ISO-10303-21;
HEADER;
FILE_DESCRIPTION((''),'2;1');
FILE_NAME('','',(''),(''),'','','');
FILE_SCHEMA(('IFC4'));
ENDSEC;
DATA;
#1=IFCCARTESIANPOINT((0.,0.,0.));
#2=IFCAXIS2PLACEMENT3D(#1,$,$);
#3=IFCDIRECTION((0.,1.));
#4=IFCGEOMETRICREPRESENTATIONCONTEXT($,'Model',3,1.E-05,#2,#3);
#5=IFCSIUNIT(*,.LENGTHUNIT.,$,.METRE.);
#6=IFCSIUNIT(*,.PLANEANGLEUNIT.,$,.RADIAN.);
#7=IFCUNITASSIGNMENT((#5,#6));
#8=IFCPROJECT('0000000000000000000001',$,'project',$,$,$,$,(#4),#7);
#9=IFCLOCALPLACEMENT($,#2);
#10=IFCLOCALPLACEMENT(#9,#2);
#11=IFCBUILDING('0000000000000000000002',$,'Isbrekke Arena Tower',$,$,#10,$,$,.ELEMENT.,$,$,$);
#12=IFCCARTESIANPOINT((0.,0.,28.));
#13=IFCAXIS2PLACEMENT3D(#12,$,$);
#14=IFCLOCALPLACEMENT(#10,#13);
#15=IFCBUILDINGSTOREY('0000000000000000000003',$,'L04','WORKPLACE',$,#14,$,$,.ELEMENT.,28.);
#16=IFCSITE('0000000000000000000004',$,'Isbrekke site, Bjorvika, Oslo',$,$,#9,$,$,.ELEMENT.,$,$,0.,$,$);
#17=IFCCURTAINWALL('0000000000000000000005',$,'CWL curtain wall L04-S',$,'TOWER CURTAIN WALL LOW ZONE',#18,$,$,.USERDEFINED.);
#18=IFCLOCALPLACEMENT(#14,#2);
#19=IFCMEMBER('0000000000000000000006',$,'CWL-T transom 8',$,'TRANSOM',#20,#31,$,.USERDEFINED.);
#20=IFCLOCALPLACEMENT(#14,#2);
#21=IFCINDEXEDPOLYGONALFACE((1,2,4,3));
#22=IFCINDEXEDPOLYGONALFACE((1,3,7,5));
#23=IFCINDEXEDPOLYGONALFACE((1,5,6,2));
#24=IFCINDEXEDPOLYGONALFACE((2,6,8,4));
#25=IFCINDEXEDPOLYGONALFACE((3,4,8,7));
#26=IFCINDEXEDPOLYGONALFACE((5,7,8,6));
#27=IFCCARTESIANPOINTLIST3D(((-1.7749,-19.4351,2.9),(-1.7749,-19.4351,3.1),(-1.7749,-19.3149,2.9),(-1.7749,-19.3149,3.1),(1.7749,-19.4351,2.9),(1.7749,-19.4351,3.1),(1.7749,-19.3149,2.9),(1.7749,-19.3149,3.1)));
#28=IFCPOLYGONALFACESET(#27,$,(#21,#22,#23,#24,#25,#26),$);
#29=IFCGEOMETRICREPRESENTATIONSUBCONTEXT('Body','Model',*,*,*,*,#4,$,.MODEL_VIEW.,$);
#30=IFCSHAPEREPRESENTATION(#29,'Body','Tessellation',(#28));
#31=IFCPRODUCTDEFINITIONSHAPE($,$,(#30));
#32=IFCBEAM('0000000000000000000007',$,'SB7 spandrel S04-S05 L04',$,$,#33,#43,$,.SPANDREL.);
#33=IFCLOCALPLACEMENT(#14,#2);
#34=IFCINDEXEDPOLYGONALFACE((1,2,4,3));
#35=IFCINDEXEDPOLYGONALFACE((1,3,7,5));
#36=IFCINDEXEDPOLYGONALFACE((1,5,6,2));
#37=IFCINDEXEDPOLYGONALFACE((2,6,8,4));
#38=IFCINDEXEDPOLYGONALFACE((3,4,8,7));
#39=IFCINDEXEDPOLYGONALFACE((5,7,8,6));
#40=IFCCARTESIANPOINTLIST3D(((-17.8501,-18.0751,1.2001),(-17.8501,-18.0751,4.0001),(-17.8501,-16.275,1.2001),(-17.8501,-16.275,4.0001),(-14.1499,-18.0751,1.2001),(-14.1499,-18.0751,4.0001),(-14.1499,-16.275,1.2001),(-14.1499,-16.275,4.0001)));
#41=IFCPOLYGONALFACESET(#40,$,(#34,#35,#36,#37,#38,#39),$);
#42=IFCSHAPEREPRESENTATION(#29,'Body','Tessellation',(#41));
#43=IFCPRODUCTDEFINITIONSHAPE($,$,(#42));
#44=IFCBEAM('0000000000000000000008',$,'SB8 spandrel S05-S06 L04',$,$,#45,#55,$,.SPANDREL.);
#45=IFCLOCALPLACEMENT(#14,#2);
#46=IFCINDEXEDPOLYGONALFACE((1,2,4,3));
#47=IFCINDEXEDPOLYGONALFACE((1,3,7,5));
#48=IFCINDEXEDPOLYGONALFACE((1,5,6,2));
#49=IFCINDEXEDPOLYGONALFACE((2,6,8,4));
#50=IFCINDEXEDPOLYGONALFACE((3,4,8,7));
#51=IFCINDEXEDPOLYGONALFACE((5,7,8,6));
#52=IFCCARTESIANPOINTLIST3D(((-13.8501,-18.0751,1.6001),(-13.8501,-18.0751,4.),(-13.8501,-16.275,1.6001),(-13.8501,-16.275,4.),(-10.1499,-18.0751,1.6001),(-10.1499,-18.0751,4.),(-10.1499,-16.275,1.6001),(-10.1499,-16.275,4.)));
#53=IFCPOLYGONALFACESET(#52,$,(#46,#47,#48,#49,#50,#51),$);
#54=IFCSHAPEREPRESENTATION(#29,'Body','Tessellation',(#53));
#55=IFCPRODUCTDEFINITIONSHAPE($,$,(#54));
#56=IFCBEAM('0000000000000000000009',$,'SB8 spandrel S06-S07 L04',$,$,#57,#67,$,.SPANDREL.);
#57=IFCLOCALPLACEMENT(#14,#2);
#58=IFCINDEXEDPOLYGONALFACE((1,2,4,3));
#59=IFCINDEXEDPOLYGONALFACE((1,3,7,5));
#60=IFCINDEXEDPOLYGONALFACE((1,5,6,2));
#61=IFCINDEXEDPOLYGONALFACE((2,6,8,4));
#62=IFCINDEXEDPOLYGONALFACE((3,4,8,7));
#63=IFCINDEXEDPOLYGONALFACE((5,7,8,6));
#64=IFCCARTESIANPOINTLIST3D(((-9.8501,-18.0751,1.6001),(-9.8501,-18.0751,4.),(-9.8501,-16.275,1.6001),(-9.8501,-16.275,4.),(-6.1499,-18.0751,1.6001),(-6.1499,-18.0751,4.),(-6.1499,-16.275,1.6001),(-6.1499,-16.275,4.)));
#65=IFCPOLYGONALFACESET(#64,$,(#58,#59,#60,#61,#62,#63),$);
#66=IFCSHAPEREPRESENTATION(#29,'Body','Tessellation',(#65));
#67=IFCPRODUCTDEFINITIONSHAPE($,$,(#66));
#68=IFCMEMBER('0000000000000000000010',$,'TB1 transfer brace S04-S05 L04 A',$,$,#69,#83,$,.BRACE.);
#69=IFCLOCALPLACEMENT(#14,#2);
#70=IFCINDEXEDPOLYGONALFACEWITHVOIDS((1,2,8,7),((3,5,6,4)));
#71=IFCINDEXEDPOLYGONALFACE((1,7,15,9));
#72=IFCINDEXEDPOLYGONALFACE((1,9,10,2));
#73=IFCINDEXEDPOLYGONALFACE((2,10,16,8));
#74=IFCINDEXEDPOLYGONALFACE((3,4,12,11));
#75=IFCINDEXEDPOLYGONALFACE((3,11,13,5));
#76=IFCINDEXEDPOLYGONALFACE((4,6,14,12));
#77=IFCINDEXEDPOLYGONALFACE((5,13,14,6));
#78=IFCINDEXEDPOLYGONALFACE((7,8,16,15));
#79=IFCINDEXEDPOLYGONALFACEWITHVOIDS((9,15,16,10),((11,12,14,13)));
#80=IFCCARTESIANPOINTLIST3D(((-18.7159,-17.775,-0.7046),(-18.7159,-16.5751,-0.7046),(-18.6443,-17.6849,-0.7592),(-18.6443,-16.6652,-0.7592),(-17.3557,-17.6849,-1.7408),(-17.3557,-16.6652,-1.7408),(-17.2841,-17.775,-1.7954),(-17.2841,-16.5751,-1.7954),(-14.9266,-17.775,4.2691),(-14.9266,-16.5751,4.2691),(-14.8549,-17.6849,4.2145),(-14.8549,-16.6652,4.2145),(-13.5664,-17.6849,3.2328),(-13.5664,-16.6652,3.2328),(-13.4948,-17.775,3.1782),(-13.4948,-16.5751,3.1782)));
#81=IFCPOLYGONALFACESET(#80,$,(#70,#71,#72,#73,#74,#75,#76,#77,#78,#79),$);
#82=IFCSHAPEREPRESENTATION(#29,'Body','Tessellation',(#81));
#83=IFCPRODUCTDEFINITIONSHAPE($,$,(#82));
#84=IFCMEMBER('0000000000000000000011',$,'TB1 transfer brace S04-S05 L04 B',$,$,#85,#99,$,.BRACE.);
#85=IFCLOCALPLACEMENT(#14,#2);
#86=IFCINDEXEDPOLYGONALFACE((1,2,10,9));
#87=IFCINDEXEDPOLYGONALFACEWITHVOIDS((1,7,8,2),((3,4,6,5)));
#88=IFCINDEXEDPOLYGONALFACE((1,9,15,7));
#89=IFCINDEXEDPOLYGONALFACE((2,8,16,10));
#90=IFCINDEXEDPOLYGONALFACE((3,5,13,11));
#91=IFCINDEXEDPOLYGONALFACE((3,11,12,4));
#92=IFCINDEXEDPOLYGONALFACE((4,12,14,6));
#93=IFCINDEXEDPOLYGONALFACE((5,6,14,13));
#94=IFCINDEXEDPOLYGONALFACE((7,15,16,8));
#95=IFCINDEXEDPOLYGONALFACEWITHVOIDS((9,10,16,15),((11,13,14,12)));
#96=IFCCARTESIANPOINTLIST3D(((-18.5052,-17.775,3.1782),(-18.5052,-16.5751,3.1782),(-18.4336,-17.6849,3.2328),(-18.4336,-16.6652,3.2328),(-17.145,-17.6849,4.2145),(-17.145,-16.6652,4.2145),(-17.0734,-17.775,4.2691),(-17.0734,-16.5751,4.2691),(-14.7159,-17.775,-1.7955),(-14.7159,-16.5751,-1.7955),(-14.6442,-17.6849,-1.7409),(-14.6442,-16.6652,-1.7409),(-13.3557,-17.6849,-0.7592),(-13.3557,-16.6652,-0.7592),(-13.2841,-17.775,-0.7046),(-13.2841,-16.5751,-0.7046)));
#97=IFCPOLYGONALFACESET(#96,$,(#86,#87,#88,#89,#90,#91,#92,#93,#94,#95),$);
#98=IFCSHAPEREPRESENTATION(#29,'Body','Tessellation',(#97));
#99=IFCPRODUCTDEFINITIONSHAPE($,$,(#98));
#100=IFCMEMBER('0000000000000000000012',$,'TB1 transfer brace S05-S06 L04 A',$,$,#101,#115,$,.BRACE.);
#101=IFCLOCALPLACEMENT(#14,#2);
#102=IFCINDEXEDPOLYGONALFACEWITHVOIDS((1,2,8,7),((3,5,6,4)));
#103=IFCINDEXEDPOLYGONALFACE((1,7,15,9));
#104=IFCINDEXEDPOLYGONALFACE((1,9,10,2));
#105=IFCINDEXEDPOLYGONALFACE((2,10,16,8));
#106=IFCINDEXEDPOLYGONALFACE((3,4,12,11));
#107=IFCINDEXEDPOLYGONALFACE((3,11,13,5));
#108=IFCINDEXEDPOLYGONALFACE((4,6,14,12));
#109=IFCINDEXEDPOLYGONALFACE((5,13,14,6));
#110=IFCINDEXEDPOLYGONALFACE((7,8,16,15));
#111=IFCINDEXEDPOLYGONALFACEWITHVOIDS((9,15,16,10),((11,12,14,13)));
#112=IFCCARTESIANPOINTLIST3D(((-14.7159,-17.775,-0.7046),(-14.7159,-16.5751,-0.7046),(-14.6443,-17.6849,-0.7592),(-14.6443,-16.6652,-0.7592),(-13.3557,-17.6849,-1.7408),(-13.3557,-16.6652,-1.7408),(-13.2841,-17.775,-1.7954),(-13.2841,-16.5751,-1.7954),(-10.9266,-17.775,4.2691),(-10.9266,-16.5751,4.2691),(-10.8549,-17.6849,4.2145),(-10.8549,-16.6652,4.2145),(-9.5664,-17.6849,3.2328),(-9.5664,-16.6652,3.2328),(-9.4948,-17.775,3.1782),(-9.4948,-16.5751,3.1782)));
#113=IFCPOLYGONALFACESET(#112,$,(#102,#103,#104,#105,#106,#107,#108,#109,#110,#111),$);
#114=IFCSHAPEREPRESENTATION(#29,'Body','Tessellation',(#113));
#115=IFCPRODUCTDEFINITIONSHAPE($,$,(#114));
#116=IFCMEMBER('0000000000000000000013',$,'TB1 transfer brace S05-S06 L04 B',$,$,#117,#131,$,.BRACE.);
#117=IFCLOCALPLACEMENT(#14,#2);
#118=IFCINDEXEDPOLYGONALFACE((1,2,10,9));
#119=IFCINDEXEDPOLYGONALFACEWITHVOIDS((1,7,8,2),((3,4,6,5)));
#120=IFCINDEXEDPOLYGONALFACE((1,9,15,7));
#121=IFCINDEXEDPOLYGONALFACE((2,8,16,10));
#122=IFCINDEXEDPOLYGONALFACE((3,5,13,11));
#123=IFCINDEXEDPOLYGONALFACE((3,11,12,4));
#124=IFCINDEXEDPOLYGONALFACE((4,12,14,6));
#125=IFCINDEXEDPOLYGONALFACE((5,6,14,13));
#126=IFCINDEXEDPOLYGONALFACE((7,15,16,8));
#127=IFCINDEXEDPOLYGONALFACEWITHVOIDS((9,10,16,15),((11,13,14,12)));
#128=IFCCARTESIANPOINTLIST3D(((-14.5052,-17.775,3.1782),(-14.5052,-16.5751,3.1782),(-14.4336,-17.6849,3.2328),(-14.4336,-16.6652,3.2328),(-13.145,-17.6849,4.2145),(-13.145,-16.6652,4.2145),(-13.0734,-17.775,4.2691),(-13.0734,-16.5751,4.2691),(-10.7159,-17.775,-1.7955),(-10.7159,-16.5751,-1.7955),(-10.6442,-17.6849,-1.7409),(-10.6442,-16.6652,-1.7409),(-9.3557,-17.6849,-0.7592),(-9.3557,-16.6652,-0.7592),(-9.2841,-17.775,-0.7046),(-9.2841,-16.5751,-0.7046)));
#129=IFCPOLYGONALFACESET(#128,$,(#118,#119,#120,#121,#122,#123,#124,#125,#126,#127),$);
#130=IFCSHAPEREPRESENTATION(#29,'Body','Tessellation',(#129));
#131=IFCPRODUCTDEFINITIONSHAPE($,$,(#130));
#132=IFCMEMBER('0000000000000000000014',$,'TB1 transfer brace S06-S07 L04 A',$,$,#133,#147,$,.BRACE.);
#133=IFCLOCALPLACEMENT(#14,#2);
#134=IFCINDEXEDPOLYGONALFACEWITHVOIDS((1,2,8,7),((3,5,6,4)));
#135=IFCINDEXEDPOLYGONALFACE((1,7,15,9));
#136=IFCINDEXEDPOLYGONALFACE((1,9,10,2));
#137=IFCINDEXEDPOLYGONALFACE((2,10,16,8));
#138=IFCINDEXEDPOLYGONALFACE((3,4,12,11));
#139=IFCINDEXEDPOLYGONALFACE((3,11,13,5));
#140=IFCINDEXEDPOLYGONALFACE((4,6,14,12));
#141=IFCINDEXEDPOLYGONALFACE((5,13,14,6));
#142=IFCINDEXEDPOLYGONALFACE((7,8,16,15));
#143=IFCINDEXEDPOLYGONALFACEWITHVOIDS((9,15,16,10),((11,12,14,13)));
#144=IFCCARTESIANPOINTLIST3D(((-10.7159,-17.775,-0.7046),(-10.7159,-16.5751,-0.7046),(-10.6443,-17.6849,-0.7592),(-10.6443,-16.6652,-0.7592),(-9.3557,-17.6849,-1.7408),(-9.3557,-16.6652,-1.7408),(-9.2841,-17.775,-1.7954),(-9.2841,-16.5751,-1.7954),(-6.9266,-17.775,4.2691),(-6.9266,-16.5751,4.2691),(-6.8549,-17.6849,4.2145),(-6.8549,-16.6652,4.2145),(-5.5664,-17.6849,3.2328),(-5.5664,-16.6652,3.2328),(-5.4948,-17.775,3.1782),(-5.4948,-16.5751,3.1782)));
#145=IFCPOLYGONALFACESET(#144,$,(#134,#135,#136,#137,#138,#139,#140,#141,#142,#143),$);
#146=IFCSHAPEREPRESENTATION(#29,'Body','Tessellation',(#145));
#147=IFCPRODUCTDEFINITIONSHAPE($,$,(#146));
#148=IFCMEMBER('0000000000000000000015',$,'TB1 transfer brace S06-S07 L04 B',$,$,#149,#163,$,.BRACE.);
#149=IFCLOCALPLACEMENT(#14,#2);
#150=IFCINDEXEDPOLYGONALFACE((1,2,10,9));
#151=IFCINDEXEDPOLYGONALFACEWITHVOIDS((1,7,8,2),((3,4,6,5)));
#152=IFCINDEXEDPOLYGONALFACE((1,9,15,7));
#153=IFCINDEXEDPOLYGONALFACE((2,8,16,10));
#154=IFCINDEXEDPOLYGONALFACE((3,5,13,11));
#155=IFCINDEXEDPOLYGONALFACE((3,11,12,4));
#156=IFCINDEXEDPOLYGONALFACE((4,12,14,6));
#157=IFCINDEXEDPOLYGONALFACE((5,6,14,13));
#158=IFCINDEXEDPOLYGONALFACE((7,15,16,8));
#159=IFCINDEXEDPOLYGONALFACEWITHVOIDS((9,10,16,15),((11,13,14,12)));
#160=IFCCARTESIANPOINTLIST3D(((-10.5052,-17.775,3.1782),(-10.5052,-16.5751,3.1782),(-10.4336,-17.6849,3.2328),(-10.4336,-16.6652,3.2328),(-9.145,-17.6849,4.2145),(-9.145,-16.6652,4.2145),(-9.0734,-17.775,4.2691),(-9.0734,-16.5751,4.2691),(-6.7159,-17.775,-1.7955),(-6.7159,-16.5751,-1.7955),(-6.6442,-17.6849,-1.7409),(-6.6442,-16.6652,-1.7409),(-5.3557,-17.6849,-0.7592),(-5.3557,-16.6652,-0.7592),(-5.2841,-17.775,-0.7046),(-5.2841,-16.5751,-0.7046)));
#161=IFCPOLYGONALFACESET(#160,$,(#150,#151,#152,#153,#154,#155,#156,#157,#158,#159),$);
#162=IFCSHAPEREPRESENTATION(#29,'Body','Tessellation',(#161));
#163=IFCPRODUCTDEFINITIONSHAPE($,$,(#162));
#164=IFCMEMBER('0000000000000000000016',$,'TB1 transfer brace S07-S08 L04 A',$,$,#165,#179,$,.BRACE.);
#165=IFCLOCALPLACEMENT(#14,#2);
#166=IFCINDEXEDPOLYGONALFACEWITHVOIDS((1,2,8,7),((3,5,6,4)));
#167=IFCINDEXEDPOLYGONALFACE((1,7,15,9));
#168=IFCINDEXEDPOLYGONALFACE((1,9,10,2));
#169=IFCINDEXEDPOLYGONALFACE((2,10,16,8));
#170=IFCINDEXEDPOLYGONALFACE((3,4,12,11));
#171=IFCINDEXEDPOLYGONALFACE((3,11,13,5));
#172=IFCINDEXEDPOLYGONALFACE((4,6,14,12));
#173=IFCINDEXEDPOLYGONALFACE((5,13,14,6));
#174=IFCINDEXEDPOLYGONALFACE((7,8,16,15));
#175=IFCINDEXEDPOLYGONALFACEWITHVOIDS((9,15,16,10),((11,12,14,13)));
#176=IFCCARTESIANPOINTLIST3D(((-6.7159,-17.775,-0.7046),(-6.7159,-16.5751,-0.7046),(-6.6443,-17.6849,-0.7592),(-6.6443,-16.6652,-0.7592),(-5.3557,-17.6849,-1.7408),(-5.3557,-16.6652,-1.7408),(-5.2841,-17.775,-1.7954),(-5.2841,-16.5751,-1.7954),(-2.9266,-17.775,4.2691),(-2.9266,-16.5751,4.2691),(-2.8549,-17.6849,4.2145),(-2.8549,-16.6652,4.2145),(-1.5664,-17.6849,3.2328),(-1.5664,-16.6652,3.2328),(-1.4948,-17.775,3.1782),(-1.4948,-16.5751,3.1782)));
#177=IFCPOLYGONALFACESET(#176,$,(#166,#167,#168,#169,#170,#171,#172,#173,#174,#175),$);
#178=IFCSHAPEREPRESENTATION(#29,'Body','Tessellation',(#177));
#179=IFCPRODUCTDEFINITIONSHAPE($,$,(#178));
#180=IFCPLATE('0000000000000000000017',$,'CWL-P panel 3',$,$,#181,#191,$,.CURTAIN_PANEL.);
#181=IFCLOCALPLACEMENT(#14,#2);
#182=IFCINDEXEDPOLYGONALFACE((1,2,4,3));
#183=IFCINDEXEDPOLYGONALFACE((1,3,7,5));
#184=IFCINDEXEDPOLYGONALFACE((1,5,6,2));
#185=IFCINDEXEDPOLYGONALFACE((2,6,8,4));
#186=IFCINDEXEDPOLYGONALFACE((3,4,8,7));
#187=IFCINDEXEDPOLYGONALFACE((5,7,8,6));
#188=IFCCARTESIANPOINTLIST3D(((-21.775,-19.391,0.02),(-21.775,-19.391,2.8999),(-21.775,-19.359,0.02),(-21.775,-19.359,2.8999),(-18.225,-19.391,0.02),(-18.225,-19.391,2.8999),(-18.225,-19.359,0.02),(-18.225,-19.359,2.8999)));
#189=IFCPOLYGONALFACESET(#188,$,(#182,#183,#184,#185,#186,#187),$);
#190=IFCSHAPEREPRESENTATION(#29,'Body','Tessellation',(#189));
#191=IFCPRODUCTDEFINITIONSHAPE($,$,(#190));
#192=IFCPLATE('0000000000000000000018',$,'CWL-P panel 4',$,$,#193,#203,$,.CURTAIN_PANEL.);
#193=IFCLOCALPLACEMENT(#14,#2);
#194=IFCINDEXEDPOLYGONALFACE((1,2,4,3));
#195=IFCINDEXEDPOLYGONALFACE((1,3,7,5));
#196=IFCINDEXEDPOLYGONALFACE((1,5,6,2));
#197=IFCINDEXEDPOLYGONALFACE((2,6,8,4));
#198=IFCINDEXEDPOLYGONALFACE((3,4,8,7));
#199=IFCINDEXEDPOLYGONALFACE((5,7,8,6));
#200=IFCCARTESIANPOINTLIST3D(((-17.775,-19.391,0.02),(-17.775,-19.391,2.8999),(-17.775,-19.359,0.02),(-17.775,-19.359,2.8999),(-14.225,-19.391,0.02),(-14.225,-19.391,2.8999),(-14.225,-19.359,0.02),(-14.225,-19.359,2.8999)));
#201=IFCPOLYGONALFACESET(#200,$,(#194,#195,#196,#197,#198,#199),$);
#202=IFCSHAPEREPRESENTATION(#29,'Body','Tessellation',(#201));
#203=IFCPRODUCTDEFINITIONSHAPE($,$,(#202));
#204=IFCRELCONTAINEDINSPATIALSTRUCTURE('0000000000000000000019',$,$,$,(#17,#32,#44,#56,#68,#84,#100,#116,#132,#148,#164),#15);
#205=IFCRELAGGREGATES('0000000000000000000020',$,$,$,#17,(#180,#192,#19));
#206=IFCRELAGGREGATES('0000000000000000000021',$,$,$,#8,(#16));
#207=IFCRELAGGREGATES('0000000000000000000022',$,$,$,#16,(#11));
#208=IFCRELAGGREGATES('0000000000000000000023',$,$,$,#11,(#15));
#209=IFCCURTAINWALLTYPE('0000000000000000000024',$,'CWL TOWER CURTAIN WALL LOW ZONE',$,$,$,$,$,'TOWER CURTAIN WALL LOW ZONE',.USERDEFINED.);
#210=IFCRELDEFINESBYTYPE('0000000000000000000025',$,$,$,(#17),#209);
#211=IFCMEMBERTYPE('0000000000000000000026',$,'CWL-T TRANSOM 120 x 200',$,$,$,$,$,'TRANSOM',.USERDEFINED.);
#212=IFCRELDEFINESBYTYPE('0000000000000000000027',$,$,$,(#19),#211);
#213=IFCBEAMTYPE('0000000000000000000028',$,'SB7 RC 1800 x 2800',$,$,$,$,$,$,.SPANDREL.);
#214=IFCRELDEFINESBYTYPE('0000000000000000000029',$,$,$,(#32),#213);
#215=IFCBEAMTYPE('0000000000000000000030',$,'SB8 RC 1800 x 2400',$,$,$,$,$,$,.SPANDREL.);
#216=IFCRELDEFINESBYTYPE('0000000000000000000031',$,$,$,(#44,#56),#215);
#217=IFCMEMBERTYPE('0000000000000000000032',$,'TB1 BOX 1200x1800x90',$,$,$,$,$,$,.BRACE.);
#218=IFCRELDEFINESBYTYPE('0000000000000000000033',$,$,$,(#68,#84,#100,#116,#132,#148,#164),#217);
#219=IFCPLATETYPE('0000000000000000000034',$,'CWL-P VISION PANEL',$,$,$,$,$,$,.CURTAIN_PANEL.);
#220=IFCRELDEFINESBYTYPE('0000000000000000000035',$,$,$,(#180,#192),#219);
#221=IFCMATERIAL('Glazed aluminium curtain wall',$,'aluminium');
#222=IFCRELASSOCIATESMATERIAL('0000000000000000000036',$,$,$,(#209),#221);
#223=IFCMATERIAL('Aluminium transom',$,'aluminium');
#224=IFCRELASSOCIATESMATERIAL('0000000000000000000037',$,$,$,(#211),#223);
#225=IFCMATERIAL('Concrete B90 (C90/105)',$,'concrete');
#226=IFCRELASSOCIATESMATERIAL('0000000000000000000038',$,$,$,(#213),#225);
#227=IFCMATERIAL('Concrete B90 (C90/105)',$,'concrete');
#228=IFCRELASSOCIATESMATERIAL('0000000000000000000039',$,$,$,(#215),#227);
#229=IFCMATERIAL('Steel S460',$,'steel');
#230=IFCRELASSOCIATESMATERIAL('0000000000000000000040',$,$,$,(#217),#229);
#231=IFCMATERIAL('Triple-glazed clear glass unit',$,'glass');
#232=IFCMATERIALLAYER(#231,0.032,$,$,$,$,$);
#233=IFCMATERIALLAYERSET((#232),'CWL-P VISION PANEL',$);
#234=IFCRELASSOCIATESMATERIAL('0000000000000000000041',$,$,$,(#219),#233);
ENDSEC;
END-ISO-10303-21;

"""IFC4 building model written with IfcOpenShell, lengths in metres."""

from ifc_helpers import new_model, si_unit, direction, frame, origin, origin_2d, place, context, subcontext, project, spatial, rectangle, hollow_rectangle, extrude, material, layer, layer_set, material_profile, profile_set, type_object, element, aggregate, save


model = new_model("IFC4")

# Units and contexts
model_context = context("Model", 3, precision=1e-05, world=origin(), true_north=direction((0.0, 1.0)))
body_context = subcontext(model_context, "Body", "Model", "MODEL_VIEW")
ifc_project = project(units=[si_unit("LENGTHUNIT", "METRE"), si_unit("PLANEANGLEUNIT", "RADIAN")], contexts=[model_context])

# Site, building, storey
site_placement = place(None, origin())
site = spatial("IfcSite", under=ifc_project, at=site_placement, Name="Isbrekke site, Bjorvika, Oslo", CompositionType="ELEMENT", RefElevation=0.0)
building_placement = place(site_placement, origin())
building = spatial("IfcBuilding", under=site, at=building_placement, Name="Isbrekke Arena Tower", CompositionType="ELEMENT")
storey_placement = place(building_placement, frame((0.0, 0.0, 28.0)))
storey = spatial("IfcBuildingStorey", under=building, at=storey_placement, Name="L04", Description="WORKPLACE", CompositionType="ELEMENT", Elevation=28.0)

# Curtain wall, member
ifc_material_1 = material(Name="Glazed aluminium curtain wall", Category="aluminium")
curtain_wall_type = type_object("IfcCurtainWallType", Name="CWL TOWER CURTAIN WALL LOW ZONE", ElementType="TOWER CURTAIN WALL LOW ZONE", PredefinedType="USERDEFINED", material=ifc_material_1)
curtain_wall_placement = place(storey_placement, origin())
curtain_wall = element("IfcCurtainWall", 1, at=curtain_wall_placement, inside=storey, type_object=curtain_wall_type, Name="CWL curtain wall L04-S", ObjectType="TOWER CURTAIN WALL LOW ZONE", PredefinedType="USERDEFINED")
ifc_material_2 = material(Name="Aluminium transom", Category="aluminium")
ifc_material_profile_1 = material_profile(ifc_material_2, rectangle(XDim=0.1201, YDim=0.2, at=origin_2d()), Name="TRANSOM 120X200")
ifc_profile_set_1 = profile_set([ifc_material_profile_1], Name="Aluminium transom")
member_type_1 = type_object("IfcMemberType", Name="CWL-T TRANSOM 120 x 200", ElementType="TRANSOM", PredefinedType="USERDEFINED", material=ifc_profile_set_1)
member_1_placement = place(storey_placement, frame((-1.7749, -19.375, 3.0), z_axis=(1.0, 0.0, 0.0), x_axis=(0.0, 1.0, 0.0)))
member_1 = element("IfcMember", 2, at=member_1_placement, type_object=member_type_1, Name="CWL-T transom 8", ObjectType="TRANSOM", PredefinedType="USERDEFINED", context=body_context, shape_type="SweptSolid", body=[
    extrude(rectangle(XDim=0.1201, YDim=0.2, at=origin_2d()), origin(), (0.0, 0.0, 1.0), 3.5498),
])

# Beams
ifc_material_3 = material(Name="Concrete B90 (C90/105)", Category="concrete")
ifc_material_profile_2 = material_profile(ifc_material_3, rectangle(XDim=1.8, YDim=2.8, at=origin_2d()), Name="RC 1800x2800")
ifc_profile_set_2 = profile_set([ifc_material_profile_2], Name="Concrete B90 (C90/105)")
beam_type_1 = type_object("IfcBeamType", Name="SB7 RC 1800 x 2800", PredefinedType="SPANDREL", material=ifc_profile_set_2)
beam_placement = place(storey_placement, frame((-17.8501, -17.175, 2.6001), z_axis=(1.0, 0.0, 0.0), x_axis=(0.0, 1.0, 0.0)))
element("IfcBeam", 3, at=beam_placement, inside=storey, type_object=beam_type_1, Name="SB7 spandrel S04-S05 L04", PredefinedType="SPANDREL", context=body_context, shape_type="SweptSolid", body=[
    extrude(rectangle(XDim=1.8, YDim=2.8, at=origin_2d()), origin(), (0.0, 0.0, 1.0), 3.7002),
])
ifc_material_4 = material(Name="Concrete B90 (C90/105)", Category="concrete")
ifc_material_profile_3 = material_profile(ifc_material_4, rectangle(XDim=1.8, YDim=2.3999, at=origin_2d()), Name="RC 1800x2400")
ifc_profile_set_3 = profile_set([ifc_material_profile_3], Name="Concrete B90 (C90/105)")
beam_type_2 = type_object("IfcBeamType", Name="SB8 RC 1800 x 2400", PredefinedType="SPANDREL", material=ifc_profile_set_3)
for number, where, z_axis, x_axis, name in (
    (4, (-13.8501, -17.175, 2.8), (1.0, 0.0, 0.0), (0.0, 1.0, 0.0), "SB8 spandrel S05-S06 L04"),
    (5, (-9.8501, -17.175, 2.8), (1.0, 0.0, 0.0), (0.0, 1.0, 0.0), "SB8 spandrel S06-S07 L04"),
):
    element("IfcBeam", number, at=place(storey_placement, frame(where, z_axis=z_axis, x_axis=x_axis)), inside=storey, type_object=beam_type_2, Name=name, PredefinedType="SPANDREL", context=body_context, shape_type="SweptSolid", body=[
        extrude(rectangle(XDim=1.8, YDim=2.3999, at=origin_2d()), origin(), (0.0, 0.0, 1.0), 3.7002),
    ])

# Members
ifc_material_5 = material(Name="Steel S460", Category="steel")
ifc_material_profile_4 = material_profile(ifc_material_5, hollow_rectangle(XDim=1.2, YDim=1.8, WallThickness=0.0901, at=origin_2d()), Name="BOX 1200x1800x90")
ifc_profile_set_4 = profile_set([ifc_material_profile_4], Name="Steel S460")
member_type_2 = type_object("IfcMemberType", Name="TB1 BOX 1200x1800x90", PredefinedType="BRACE", material=ifc_profile_set_4)
for number, where, z_axis, x_axis, name in (
    (6, (-18.0, -17.175, -1.25), (0.60603, 0.0, 0.795442), (0.0, 1.0, 0.0), "TB1 transfer brace S04-S05 L04 A"),
    (7, (-17.7893, -17.175, 3.7236), (0.60603, 0.0, -0.795442), (0.0, 1.0, 0.0), "TB1 transfer brace S04-S05 L04 B"),
    (8, (-14.0, -17.175, -1.25), (0.60603, 0.0, 0.795442), (0.0, 1.0, 0.0), "TB1 transfer brace S05-S06 L04 A"),
    (9, (-13.7893, -17.175, 3.7236), (0.60603, 0.0, -0.795442), (0.0, 1.0, 0.0), "TB1 transfer brace S05-S06 L04 B"),
    (10, (-10.0, -17.175, -1.25), (0.60603, 0.0, 0.795442), (0.0, 1.0, 0.0), "TB1 transfer brace S06-S07 L04 A"),
    (11, (-9.7893, -17.175, 3.7236), (0.60603, 0.0, -0.795442), (0.0, 1.0, 0.0), "TB1 transfer brace S06-S07 L04 B"),
    (12, (-6.0, -17.175, -1.25), (0.60603, 0.0, 0.795442), (0.0, 1.0, 0.0), "TB1 transfer brace S07-S08 L04 A"),
):
    element("IfcMember", number, at=place(storey_placement, frame(where, z_axis=z_axis, x_axis=x_axis)), inside=storey, type_object=member_type_2, Name=name, PredefinedType="BRACE", context=body_context, shape_type="SweptSolid", body=[
        extrude(hollow_rectangle(XDim=1.2, YDim=1.8, WallThickness=0.0901, at=origin_2d()), origin(), (0.0, 0.0, 1.0), 6.2527),
    ])

# Plates
ifc_material_6 = material(Name="Triple-glazed clear glass unit", Category="glass")
ifc_layer = layer(ifc_material_6, 0.032)
ifc_layer_set = layer_set([ifc_layer], Name="CWL-P VISION PANEL")
plate_type = type_object("IfcPlateType", Name="CWL-P VISION PANEL", PredefinedType="CURTAIN_PANEL", material=ifc_layer_set)
plate_1_placement = place(storey_placement, frame((-20.0, -19.375, 0.02), z_axis=(0.0, 0.0, 1.0), x_axis=(1.0, 0.0, 0.0)))
plate_1 = element("IfcPlate", 13, at=plate_1_placement, type_object=plate_type, Name="CWL-P panel 3", PredefinedType="CURTAIN_PANEL", context=body_context, shape_type="SweptSolid", body=[
    extrude(rectangle(XDim=3.55, YDim=0.032, at=origin_2d()), origin(), (0.0, 0.0, 1.0), 2.8799),
])
plate_2_placement = place(storey_placement, frame((-16.0, -19.375, 0.02), z_axis=(0.0, 0.0, 1.0), x_axis=(1.0, 0.0, 0.0)))
plate_2 = element("IfcPlate", 14, at=plate_2_placement, type_object=plate_type, Name="CWL-P panel 4", PredefinedType="CURTAIN_PANEL", context=body_context, shape_type="SweptSolid", body=[
    extrude(rectangle(XDim=3.55, YDim=0.032, at=origin_2d()), origin(), (0.0, 0.0, 1.0), 2.8799),
])
aggregate(curtain_wall, [plate_1, plate_2, member_1])

save(model, "model.ifc")
